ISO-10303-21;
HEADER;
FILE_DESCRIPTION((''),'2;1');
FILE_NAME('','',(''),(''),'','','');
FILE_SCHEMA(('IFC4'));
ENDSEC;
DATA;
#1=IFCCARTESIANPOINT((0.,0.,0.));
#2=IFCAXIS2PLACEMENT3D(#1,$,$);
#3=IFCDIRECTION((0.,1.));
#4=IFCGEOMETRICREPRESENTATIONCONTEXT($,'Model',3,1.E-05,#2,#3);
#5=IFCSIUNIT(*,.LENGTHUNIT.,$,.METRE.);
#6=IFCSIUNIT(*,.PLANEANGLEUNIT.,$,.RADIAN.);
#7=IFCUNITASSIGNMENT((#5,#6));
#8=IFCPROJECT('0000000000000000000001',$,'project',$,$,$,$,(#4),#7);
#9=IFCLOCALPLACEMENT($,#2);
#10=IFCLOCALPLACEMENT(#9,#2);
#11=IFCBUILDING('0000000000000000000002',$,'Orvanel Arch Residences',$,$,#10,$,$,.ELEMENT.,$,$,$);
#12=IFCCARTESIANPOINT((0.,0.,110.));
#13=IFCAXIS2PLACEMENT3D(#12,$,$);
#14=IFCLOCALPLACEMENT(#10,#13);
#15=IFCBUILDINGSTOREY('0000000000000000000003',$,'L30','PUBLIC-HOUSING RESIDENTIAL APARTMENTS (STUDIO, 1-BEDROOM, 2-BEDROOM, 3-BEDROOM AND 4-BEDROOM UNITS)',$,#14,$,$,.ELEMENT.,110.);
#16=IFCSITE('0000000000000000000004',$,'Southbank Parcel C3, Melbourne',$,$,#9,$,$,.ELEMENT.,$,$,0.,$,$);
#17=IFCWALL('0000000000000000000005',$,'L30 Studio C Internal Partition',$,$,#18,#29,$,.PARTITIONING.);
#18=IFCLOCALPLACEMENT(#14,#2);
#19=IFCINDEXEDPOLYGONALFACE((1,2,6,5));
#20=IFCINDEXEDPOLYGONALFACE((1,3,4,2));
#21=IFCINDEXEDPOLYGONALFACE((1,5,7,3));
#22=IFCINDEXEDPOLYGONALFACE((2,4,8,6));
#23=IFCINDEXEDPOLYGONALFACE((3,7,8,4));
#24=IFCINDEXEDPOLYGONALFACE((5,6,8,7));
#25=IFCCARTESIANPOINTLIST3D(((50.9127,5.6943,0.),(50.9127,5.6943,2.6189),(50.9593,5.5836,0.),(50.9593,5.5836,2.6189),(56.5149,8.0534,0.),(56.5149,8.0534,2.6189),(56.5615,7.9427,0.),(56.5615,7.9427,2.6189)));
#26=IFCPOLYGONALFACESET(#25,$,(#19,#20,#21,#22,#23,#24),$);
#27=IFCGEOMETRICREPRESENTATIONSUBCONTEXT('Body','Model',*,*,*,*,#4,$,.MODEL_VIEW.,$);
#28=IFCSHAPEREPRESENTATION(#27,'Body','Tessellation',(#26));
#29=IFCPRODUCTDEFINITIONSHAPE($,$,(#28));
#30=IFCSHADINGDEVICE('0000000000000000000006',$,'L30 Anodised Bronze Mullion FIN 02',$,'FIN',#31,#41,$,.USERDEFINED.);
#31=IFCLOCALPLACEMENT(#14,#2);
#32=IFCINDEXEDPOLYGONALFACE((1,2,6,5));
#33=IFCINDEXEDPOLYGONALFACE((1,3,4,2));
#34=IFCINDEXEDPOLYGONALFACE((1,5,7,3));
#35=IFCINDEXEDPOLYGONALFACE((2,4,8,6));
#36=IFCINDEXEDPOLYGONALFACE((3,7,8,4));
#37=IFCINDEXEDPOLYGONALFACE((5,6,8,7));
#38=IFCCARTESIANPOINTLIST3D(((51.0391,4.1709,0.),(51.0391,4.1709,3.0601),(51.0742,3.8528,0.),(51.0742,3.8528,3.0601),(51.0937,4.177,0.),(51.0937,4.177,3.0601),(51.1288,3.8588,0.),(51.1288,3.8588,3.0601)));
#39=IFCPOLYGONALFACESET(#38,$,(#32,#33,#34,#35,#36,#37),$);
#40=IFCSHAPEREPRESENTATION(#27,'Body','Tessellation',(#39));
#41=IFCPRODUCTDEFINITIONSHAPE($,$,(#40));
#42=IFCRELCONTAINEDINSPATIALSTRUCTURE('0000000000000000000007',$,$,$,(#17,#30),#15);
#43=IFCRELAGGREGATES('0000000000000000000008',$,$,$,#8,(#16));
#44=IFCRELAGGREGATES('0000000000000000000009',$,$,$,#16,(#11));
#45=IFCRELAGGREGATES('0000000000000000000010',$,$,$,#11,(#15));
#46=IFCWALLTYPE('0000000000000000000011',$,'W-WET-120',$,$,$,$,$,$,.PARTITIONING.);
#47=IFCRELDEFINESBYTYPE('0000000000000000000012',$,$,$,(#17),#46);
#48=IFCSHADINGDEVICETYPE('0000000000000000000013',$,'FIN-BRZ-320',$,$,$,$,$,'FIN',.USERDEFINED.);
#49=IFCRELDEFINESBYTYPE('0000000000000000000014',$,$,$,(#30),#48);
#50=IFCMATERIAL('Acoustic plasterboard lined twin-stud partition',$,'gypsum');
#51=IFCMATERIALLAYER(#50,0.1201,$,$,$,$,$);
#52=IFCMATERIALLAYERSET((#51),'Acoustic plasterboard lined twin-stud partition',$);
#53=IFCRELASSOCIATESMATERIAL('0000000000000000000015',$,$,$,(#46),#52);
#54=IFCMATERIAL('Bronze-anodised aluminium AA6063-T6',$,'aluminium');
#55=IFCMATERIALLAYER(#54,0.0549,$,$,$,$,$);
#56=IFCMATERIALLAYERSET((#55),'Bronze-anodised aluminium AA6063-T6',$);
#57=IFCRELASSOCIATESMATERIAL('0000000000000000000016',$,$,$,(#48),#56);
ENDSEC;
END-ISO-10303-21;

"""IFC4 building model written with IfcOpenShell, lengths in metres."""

from ifc_helpers import new_model, si_unit, direction, frame, frame_2d, origin, origin_2d, place, context, subcontext, project, spatial, rectangle, extrude, material, layer, layer_set, type_object, element, save


model = new_model("IFC4")

# Units and contexts
model_context = context("Model", 3, precision=1e-05, world=origin(), true_north=direction((0.0, 1.0)))
body_context = subcontext(model_context, "Body", "Model", "MODEL_VIEW")
ifc_project = project(units=[si_unit("LENGTHUNIT", "METRE"), si_unit("PLANEANGLEUNIT", "RADIAN")], contexts=[model_context])

# Site, building, storey
site_placement = place(None, origin())
site = spatial("IfcSite", under=ifc_project, at=site_placement, Name="Southbank Parcel C3, Melbourne", CompositionType="ELEMENT", RefElevation=0.0)
building_placement = place(site_placement, origin())
building = spatial("IfcBuilding", under=site, at=building_placement, Name="Orvanel Arch Residences", CompositionType="ELEMENT")
storey_placement = place(building_placement, frame((0.0, 0.0, 110.0)))
storey = spatial("IfcBuildingStorey", under=building, at=storey_placement, Name="L30", Description="PUBLIC-HOUSING RESIDENTIAL APARTMENTS (STUDIO, 1-BEDROOM, 2-BEDROOM, 3-BEDROOM AND 4-BEDROOM UNITS)", CompositionType="ELEMENT", Elevation=110.0)

# Shared definitions
ifc_material_1 = material(Name="Bronze-anodised aluminium AA6063-T6", Category="aluminium")

# Shared definitions
ifc_material_2 = material(Name="Acoustic plasterboard lined twin-stud partition", Category="gypsum")

# Wall
ifc_layer_1 = layer(ifc_material_2, 0.1201)
ifc_layer_set_1 = layer_set([ifc_layer_1], Name="Acoustic plasterboard lined twin-stud partition")
wall_type_1 = type_object("IfcWallType", Name="W-WET-120", PredefinedType="PARTITIONING", material=ifc_layer_set_1)
wall_1_placement = place(storey_placement, frame((50.936, 5.6389, 0.0), z_axis=(0.0, 0.0, 1.0), x_axis=(0.921613, 0.388109, 0.0)))
element("IfcWall", 1, at=wall_1_placement, inside=storey, type_object=wall_type_1, Name="L30 Studio C Internal Partition", PredefinedType="PARTITIONING", context=body_context, shape_type="SweptSolid", body=[
    extrude(rectangle(XDim=6.0786, YDim=0.1201, at=frame_2d((3.0393, 0.0))), origin(), (0.0, 0.0, 1.0), 2.6189),
])

# Shading device
ifc_layer_2 = layer(ifc_material_1, 0.0549)
ifc_layer_set_2 = layer_set([ifc_layer_2], Name="Bronze-anodised aluminium AA6063-T6")
shading_device_type = type_object("IfcShadingDeviceType", Name="FIN-BRZ-320", ElementType="FIN", PredefinedType="USERDEFINED", material=ifc_layer_set_2)
shading_device_placement = place(storey_placement, frame((51.084, 4.0149, 0.0), z_axis=(0.0, 0.0, 1.0), x_axis=(0.109734, -0.993961, 0.0)))
element("IfcShadingDevice", 2, at=shading_device_placement, inside=storey, type_object=shading_device_type, Name="L30 Anodised Bronze Mullion FIN 02", ObjectType="FIN", PredefinedType="USERDEFINED", context=body_context, shape_type="SweptSolid", body=[
    extrude(rectangle(XDim=0.3201, YDim=0.0549, at=origin_2d()), origin(), (0.0, 0.0, 1.0), 3.0601),
])

save(model, "model.ifc")
